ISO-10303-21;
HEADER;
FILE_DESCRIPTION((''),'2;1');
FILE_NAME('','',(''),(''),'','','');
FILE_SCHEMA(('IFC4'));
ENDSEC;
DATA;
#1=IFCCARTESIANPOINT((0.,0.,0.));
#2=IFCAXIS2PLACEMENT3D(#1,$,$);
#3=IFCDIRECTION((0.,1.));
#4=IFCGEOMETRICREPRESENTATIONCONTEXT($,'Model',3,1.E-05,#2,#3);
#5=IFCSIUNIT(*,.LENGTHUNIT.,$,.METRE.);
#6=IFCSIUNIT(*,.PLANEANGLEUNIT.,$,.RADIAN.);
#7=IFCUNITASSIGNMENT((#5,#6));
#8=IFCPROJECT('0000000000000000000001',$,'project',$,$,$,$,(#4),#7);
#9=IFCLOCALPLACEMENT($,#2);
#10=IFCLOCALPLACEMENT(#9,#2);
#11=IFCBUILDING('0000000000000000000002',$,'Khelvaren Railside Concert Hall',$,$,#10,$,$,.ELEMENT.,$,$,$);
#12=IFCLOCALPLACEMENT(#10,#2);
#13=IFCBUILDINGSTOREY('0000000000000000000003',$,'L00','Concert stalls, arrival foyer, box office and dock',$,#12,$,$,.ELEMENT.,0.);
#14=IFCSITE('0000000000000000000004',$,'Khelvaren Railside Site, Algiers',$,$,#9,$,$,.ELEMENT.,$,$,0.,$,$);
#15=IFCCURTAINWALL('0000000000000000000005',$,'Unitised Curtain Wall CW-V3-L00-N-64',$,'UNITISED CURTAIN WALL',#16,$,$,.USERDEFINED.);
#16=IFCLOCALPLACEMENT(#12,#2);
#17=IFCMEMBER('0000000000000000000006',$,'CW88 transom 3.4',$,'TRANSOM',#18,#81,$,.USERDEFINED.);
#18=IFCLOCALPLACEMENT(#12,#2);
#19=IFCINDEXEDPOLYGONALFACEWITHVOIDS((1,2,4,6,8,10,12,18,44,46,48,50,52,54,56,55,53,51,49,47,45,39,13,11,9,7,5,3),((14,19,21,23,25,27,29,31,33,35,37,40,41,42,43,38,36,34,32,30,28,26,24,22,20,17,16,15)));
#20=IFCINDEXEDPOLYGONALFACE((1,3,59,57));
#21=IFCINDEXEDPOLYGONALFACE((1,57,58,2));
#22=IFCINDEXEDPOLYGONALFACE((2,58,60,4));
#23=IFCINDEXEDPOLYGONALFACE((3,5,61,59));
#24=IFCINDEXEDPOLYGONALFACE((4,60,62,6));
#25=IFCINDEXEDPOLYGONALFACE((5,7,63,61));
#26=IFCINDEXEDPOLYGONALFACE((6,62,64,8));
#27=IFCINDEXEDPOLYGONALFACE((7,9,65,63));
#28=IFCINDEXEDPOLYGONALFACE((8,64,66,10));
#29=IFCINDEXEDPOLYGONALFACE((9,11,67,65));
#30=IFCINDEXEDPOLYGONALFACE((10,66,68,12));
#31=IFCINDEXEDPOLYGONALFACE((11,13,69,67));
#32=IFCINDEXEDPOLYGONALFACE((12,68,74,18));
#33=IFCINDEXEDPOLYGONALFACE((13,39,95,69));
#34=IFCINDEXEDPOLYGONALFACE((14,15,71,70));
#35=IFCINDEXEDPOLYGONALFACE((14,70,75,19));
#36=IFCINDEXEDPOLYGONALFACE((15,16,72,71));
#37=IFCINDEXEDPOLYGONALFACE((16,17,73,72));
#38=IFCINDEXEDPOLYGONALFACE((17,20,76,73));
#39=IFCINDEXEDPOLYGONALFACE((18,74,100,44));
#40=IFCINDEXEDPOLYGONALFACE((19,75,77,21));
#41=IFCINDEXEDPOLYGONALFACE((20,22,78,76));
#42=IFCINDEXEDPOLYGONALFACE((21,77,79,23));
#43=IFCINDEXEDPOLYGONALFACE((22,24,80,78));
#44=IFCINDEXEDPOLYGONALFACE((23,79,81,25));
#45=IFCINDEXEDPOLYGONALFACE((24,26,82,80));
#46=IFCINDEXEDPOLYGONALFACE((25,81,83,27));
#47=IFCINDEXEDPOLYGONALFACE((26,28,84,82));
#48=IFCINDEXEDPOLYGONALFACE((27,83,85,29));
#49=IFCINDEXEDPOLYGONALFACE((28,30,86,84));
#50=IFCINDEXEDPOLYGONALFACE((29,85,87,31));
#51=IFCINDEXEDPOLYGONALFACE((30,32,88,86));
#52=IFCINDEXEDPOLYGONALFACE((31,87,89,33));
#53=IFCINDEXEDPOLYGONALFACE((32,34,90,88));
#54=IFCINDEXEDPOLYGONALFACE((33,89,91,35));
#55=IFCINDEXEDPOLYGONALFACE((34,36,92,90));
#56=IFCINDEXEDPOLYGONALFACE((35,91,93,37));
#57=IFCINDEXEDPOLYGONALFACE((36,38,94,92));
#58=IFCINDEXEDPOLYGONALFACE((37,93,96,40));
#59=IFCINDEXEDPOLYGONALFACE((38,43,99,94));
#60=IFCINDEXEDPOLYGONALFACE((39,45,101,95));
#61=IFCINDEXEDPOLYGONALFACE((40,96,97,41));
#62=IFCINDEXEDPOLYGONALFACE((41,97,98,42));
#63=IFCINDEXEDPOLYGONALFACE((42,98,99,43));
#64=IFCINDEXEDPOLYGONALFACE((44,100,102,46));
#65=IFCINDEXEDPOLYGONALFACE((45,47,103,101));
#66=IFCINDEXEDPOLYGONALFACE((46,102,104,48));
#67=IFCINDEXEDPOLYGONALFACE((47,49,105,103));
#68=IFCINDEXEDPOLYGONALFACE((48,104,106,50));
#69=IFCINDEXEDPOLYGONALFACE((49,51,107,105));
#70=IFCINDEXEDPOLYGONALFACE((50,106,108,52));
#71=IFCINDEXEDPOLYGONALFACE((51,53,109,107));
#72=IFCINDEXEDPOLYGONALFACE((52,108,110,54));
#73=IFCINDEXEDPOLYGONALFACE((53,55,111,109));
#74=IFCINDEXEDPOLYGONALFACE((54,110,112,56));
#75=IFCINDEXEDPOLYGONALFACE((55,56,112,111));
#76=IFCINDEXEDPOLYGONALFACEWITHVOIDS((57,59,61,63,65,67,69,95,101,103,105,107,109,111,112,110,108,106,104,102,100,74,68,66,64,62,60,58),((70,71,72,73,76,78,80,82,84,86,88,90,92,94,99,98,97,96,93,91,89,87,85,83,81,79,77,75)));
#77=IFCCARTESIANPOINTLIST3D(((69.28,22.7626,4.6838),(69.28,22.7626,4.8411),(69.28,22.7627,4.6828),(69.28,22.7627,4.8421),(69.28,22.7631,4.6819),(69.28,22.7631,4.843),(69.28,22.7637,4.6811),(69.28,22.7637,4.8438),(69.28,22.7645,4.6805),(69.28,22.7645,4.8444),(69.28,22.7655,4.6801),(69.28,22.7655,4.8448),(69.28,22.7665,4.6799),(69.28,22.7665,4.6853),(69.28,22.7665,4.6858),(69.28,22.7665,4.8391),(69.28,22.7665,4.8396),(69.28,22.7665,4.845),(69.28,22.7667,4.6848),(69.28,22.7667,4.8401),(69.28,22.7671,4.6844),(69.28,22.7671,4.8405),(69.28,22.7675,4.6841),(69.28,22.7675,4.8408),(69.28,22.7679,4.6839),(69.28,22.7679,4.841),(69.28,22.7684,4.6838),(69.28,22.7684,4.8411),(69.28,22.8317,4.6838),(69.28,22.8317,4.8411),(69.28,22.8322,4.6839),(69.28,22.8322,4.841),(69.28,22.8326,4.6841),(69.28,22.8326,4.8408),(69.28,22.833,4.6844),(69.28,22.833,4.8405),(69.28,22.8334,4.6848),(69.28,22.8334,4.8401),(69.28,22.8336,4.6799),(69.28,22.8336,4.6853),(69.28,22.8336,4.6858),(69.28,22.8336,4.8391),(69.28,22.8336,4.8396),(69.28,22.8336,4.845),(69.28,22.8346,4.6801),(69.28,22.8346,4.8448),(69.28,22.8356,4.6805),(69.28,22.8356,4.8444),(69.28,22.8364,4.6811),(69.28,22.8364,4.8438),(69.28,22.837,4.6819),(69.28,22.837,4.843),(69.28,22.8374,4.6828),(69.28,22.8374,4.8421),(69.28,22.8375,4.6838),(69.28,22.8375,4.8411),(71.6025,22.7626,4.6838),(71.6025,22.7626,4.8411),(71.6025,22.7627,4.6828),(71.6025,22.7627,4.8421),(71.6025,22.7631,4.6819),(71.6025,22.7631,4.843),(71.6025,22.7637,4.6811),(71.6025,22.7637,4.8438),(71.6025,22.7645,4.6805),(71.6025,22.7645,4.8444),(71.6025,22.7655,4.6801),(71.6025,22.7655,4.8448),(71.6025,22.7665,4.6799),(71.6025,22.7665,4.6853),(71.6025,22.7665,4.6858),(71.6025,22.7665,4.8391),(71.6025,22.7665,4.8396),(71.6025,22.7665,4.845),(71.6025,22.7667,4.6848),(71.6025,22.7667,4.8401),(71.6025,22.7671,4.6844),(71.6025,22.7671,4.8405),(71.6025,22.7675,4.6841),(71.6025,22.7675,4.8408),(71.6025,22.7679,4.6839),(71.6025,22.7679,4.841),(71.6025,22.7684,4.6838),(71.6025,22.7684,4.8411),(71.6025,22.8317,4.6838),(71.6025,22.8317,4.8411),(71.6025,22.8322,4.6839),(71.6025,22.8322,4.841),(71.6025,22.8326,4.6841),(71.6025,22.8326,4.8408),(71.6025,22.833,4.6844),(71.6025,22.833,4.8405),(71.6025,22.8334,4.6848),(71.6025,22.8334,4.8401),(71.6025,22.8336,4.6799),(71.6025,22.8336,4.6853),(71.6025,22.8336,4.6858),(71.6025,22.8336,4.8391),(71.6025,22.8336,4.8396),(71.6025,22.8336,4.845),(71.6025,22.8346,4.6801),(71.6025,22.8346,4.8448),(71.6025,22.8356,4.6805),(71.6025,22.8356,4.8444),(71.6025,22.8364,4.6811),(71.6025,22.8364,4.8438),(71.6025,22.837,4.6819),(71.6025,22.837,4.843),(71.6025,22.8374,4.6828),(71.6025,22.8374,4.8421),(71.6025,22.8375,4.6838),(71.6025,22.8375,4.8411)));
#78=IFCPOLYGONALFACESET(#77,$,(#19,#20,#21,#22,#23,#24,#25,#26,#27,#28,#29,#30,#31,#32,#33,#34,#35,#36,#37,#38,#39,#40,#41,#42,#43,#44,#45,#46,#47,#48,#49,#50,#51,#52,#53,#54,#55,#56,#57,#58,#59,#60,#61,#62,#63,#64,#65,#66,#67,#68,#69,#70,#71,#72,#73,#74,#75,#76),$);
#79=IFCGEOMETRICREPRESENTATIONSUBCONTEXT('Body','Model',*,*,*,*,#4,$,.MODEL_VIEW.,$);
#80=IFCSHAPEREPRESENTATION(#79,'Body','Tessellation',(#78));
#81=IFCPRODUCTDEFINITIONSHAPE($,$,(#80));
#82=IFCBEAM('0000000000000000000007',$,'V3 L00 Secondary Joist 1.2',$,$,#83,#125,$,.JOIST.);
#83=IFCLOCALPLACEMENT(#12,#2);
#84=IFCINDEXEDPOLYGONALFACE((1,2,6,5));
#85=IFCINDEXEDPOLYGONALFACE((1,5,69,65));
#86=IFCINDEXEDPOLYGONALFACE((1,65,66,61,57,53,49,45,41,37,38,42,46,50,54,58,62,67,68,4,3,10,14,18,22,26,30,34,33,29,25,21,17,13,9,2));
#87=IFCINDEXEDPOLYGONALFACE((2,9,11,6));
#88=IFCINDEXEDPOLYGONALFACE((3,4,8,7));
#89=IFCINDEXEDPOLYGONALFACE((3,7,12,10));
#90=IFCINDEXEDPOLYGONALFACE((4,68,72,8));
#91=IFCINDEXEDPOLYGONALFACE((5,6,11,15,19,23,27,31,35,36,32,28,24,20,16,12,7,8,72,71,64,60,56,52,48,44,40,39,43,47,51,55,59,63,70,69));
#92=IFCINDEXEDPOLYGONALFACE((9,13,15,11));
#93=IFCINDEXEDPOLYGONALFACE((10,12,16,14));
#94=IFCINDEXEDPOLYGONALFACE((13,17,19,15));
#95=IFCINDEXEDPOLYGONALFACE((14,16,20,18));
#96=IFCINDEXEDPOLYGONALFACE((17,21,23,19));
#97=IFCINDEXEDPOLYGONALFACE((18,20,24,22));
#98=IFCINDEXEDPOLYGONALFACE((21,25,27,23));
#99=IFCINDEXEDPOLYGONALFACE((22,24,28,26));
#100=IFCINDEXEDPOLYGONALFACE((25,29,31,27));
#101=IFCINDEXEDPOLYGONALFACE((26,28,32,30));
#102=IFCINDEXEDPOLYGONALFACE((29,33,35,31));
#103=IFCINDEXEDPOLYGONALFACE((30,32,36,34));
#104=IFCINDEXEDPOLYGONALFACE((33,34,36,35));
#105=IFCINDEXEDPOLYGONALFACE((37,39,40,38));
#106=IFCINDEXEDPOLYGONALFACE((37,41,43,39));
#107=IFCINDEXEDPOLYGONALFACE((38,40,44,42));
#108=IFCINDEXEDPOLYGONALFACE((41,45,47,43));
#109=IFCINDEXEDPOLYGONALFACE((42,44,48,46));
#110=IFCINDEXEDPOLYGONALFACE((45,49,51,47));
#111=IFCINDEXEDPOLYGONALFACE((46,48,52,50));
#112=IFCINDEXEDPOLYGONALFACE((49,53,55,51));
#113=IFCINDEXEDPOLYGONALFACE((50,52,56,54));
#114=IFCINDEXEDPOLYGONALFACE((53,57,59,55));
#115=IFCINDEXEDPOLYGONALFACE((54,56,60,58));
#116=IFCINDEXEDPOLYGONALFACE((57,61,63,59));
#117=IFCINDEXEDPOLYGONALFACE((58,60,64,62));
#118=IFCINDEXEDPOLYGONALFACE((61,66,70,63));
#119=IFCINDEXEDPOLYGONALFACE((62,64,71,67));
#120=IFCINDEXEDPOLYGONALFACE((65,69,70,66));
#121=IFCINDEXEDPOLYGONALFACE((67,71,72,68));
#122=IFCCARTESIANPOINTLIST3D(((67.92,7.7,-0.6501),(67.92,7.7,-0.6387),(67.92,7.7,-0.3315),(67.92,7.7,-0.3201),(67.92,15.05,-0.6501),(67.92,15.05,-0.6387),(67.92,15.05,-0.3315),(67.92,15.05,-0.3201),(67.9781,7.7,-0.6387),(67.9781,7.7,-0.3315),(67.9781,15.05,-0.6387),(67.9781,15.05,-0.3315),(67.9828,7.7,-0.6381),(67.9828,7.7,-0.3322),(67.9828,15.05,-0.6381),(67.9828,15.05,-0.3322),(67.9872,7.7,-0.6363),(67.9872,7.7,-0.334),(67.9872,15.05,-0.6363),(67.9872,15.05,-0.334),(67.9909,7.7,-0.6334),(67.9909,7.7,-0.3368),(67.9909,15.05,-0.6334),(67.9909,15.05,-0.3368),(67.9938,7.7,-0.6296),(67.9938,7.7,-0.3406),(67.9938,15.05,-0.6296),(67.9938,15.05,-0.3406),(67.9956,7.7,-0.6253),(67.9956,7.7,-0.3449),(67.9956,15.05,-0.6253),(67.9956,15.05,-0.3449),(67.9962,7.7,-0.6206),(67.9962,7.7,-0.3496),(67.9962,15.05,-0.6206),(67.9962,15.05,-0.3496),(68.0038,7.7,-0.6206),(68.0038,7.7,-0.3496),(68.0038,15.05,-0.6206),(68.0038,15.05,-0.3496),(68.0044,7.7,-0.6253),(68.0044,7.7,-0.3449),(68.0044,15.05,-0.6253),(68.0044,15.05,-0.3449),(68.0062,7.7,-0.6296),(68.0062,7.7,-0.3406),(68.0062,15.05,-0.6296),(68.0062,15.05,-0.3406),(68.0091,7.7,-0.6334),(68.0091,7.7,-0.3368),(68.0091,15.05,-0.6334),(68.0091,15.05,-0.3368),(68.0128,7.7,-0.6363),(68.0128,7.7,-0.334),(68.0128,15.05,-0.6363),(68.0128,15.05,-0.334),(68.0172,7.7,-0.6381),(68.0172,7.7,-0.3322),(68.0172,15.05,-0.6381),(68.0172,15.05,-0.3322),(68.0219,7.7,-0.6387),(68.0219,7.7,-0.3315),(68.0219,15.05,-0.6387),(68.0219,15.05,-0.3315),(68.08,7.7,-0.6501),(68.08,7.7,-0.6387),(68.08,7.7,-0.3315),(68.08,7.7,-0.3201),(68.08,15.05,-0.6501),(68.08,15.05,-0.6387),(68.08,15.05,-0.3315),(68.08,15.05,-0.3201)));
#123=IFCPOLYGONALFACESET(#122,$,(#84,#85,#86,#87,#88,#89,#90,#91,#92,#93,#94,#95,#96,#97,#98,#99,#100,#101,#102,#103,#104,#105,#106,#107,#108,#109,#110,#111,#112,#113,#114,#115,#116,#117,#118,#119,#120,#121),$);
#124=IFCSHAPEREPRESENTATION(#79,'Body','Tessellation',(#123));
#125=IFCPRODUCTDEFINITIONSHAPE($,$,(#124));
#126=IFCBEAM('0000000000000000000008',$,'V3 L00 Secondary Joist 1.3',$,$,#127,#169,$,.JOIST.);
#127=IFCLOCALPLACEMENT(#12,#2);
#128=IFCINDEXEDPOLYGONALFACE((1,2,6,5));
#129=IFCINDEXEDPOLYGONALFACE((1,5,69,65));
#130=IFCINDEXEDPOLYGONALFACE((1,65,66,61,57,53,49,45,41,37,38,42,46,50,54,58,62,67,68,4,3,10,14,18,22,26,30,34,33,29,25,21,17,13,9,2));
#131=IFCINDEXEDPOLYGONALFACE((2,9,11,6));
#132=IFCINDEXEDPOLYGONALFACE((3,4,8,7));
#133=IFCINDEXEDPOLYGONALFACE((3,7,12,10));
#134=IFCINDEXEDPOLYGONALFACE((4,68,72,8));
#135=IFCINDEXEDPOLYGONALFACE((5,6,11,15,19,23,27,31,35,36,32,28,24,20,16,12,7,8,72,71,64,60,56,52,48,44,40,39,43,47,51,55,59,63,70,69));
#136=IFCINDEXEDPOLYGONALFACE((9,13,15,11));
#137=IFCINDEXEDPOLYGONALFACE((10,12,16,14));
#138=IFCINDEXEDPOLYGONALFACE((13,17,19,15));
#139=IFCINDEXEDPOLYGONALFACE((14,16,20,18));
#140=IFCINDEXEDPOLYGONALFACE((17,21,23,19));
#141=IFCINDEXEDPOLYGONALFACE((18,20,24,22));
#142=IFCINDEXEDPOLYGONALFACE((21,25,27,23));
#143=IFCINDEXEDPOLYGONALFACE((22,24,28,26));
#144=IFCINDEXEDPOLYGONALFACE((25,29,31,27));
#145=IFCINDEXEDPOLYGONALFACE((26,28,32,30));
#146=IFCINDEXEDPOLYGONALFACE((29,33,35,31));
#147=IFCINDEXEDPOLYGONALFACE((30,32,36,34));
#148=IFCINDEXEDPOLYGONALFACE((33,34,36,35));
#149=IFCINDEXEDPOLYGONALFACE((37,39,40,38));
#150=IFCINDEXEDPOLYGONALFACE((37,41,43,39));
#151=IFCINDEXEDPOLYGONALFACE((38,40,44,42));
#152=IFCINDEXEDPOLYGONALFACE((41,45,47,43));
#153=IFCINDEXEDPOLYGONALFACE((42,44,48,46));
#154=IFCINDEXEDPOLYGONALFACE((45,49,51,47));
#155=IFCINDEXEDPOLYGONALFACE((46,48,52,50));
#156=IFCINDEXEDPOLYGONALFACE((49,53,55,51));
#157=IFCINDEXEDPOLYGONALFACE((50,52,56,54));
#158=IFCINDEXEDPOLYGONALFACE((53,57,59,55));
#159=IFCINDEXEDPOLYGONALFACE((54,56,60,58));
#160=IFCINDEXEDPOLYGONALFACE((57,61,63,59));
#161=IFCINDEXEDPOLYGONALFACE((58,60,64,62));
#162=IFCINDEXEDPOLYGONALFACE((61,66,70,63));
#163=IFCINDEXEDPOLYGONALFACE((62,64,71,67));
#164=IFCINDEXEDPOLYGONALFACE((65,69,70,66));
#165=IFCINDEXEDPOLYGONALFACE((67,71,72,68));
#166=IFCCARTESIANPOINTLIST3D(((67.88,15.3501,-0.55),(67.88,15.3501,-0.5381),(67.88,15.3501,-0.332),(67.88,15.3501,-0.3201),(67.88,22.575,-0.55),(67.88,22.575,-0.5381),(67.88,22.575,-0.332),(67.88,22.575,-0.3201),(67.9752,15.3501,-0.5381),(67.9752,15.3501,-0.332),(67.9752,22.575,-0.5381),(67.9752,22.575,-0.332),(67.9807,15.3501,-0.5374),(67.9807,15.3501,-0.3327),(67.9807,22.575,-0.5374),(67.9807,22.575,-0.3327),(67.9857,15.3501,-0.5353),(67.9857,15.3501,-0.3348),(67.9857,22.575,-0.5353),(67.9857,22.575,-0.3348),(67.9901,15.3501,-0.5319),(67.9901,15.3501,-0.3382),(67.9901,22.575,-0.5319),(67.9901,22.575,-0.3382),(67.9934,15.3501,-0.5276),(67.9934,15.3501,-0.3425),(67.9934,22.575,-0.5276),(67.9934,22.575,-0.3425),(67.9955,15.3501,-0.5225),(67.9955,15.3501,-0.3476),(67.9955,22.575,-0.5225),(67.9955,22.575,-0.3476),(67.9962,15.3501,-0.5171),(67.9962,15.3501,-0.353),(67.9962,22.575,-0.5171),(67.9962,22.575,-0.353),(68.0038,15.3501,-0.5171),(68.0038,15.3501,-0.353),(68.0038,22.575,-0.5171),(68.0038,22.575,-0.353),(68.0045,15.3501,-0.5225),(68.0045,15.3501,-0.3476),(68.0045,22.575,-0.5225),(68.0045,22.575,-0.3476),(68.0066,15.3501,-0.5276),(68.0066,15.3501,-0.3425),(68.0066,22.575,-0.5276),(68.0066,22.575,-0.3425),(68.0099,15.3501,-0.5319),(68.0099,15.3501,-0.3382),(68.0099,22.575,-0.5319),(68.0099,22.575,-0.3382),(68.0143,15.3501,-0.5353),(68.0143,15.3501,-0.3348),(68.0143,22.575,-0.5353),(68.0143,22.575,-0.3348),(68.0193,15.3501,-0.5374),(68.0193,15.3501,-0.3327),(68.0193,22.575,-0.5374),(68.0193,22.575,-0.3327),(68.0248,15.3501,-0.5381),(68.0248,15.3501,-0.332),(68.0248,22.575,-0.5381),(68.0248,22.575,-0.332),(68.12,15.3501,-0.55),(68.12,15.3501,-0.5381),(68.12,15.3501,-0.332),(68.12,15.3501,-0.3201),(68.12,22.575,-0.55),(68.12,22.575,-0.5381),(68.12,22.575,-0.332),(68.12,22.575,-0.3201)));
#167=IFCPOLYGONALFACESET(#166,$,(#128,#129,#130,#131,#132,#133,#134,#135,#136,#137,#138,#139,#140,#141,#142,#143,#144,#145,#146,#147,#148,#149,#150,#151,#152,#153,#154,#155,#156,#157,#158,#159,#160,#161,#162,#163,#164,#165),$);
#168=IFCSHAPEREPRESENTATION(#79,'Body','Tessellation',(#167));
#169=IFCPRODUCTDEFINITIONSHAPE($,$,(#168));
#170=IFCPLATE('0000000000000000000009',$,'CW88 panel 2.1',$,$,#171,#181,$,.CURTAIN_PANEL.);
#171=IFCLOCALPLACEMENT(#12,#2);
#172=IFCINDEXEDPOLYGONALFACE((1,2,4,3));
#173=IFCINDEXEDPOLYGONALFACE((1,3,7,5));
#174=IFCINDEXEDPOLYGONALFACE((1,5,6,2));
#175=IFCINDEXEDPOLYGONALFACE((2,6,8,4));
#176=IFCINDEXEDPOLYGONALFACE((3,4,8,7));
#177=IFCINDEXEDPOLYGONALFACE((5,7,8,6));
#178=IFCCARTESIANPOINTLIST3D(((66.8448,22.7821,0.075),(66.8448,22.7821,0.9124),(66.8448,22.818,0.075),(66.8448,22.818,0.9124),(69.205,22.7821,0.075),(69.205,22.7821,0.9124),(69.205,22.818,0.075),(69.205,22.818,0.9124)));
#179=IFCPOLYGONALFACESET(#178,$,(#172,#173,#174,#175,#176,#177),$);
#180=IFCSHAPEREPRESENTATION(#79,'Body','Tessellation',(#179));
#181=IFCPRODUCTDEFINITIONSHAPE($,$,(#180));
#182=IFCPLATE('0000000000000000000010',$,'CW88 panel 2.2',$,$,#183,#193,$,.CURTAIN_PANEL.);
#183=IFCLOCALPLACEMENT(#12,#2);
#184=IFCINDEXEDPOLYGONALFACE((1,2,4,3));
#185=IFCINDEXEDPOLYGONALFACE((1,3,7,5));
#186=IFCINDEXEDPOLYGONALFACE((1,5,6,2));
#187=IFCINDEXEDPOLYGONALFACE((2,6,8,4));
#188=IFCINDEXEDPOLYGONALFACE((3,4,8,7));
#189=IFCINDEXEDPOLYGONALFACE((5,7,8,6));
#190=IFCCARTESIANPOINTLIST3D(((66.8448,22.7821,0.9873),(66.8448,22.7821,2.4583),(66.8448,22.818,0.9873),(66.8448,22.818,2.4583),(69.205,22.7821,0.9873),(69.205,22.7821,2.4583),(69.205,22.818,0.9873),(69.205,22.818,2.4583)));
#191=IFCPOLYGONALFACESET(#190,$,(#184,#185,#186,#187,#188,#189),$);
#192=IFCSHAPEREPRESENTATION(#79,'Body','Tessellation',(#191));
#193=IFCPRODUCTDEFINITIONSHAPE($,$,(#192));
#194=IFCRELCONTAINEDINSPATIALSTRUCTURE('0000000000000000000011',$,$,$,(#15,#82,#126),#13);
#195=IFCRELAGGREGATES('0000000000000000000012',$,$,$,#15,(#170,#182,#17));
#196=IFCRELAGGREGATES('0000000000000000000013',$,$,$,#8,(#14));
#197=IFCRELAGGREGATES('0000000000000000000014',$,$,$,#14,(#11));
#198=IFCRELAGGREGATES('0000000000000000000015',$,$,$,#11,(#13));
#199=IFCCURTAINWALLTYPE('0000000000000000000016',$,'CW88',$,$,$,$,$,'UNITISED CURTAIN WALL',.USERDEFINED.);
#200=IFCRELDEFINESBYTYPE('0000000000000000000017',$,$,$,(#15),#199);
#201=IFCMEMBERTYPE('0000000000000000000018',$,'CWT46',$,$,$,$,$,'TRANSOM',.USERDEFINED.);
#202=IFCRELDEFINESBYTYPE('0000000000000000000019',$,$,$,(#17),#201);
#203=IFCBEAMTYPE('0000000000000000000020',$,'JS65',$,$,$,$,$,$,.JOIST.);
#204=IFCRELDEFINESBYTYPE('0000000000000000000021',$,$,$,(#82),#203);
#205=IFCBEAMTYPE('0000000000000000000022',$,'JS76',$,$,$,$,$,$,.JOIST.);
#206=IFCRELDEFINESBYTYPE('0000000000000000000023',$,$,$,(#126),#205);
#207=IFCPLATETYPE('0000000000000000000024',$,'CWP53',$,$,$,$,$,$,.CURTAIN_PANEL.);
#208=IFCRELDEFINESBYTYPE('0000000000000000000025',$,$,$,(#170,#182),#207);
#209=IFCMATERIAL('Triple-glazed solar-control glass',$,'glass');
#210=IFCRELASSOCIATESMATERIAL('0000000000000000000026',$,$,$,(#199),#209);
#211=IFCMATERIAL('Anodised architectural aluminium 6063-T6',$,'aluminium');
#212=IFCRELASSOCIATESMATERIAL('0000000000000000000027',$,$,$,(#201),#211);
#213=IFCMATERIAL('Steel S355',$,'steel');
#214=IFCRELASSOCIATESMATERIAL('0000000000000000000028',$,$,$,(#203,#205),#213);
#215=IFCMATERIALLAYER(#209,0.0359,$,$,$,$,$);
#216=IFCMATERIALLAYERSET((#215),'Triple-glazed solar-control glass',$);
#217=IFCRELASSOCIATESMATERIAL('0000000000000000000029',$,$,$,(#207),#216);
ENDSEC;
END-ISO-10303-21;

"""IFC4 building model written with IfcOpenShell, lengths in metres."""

from ifc_helpers import new_model, si_unit, direction, frame, origin, origin_2d, place, context, subcontext, project, spatial, rectangle, hollow_rectangle, i_section, extrude, material, layer, layer_set, material_profile, profile_set, type_object, element, aggregate, save


model = new_model("IFC4")

# Units and contexts
model_context = context("Model", 3, precision=1e-05, world=origin(), true_north=direction((0.0, 1.0)))
body_context = subcontext(model_context, "Body", "Model", "MODEL_VIEW")
ifc_project = project(units=[si_unit("LENGTHUNIT", "METRE"), si_unit("PLANEANGLEUNIT", "RADIAN")], contexts=[model_context])

# Site, building, storey
site_placement = place(None, origin())
site = spatial("IfcSite", under=ifc_project, at=site_placement, Name="Khelvaren Railside Site, Algiers", CompositionType="ELEMENT", RefElevation=0.0)
building_placement = place(site_placement, origin())
building = spatial("IfcBuilding", under=site, at=building_placement, Name="Khelvaren Railside Concert Hall", CompositionType="ELEMENT")
storey_placement = place(building_placement, origin())
storey = spatial("IfcBuildingStorey", under=building, at=storey_placement, Name="L00", Description="Concert stalls, arrival foyer, box office and dock", CompositionType="ELEMENT", Elevation=0.0)

# Shared definitions
ifc_material_1 = material(Name="Steel S355", Category="steel")

# Curtain wall, member
ifc_material_2 = material(Name="Triple-glazed solar-control glass", Category="glass")
curtain_wall_type = type_object("IfcCurtainWallType", Name="CW88", ElementType="UNITISED CURTAIN WALL", PredefinedType="USERDEFINED", material=ifc_material_2)
curtain_wall_placement = place(storey_placement, origin())
curtain_wall = element("IfcCurtainWall", 1, at=curtain_wall_placement, inside=storey, type_object=curtain_wall_type, Name="Unitised Curtain Wall CW-V3-L00-N-64", ObjectType="UNITISED CURTAIN WALL", PredefinedType="USERDEFINED")
ifc_material_3 = material(Name="Anodised architectural aluminium 6063-T6", Category="aluminium")
ifc_material_profile_1 = material_profile(ifc_material_3, hollow_rectangle(XDim=0.075, YDim=0.165, WallThickness=0.0039, InnerFilletRadius=0.002, OuterFilletRadius=0.0039, at=origin_2d()), Name="CWT 75x165x4")
ifc_profile_set_1 = profile_set([ifc_material_profile_1], Name="Anodised architectural aluminium 6063-T6")
member_type_1 = type_object("IfcMemberType", Name="CWT46", ElementType="TRANSOM", PredefinedType="USERDEFINED", material=ifc_profile_set_1)
member_1_placement = place(storey_placement, frame((69.28, 22.8, 4.7625), z_axis=(1.0, 0.0, 0.0), x_axis=(0.0, 1.0, 0.0)))
member_1 = element("IfcMember", 2, at=member_1_placement, type_object=member_type_1, Name="CW88 transom 3.4", ObjectType="TRANSOM", PredefinedType="USERDEFINED", context=body_context, shape_type="SweptSolid", body=[
    extrude(hollow_rectangle(XDim=0.075, YDim=0.165, WallThickness=0.0039, InnerFilletRadius=0.002, OuterFilletRadius=0.0039, at=origin_2d()), origin(), (0.0, 0.0, 1.0), 2.3225),
])

# Beams
ifc_material_profile_2 = material_profile(ifc_material_1, i_section(OverallWidth=0.1599, OverallDepth=0.3301, WebThickness=0.0076, FlangeThickness=0.0115, FilletRadius=0.0181, at=origin_2d()), Name="IPE 330")
ifc_profile_set_2 = profile_set([ifc_material_profile_2], Name="Steel S355")
beam_type_1 = type_object("IfcBeamType", Name="JS65", PredefinedType="JOIST", material=ifc_profile_set_2)
beam_1_placement = place(storey_placement, frame((68.0, 7.7, -0.4851), z_axis=(0.0, 1.0, 0.0), x_axis=(-1.0, 0.0, 0.0)))
element("IfcBeam", 3, at=beam_1_placement, inside=storey, type_object=beam_type_1, Name="V3 L00 Secondary Joist 1.2", PredefinedType="JOIST", context=body_context, shape_type="SweptSolid", body=[
    extrude(i_section(OverallWidth=0.1599, OverallDepth=0.3301, WebThickness=0.0076, FlangeThickness=0.0115, FilletRadius=0.0181, at=origin_2d()), origin(), (0.0, 0.0, 1.0), 7.3501),
])
ifc_material_profile_3 = material_profile(ifc_material_1, i_section(OverallWidth=0.24, OverallDepth=0.23, WebThickness=0.0076, FlangeThickness=0.012, FilletRadius=0.021, at=origin_2d()), Name="HEA 240")
ifc_profile_set_3 = profile_set([ifc_material_profile_3], Name="Steel S355")
beam_type_2 = type_object("IfcBeamType", Name="JS76", PredefinedType="JOIST", material=ifc_profile_set_3)
beam_2_placement = place(storey_placement, frame((68.0, 15.3501, -0.4351), z_axis=(0.0, 1.0, 0.0), x_axis=(-1.0, 0.0, 0.0)))
element("IfcBeam", 4, at=beam_2_placement, inside=storey, type_object=beam_type_2, Name="V3 L00 Secondary Joist 1.3", PredefinedType="JOIST", context=body_context, shape_type="SweptSolid", body=[
    extrude(i_section(OverallWidth=0.24, OverallDepth=0.23, WebThickness=0.0076, FlangeThickness=0.012, FilletRadius=0.021, at=origin_2d()), origin(), (0.0, 0.0, 1.0), 7.2249),
])

# Plates
ifc_layer_1 = layer(ifc_material_2, 0.0359)
ifc_layer_set_1 = layer_set([ifc_layer_1], Name="Triple-glazed solar-control glass")
plate_type = type_object("IfcPlateType", Name="CWP53", PredefinedType="CURTAIN_PANEL", material=ifc_layer_set_1)
plate_1_placement = place(storey_placement, frame((68.0249, 22.8, 0.075), z_axis=(0.0, 0.0, 1.0), x_axis=(1.0, 0.0, 0.0)))
plate_1 = element("IfcPlate", 5, at=plate_1_placement, type_object=plate_type, Name="CW88 panel 2.1", PredefinedType="CURTAIN_PANEL", context=body_context, shape_type="SweptSolid", body=[
    extrude(rectangle(XDim=2.3601, YDim=0.0359, at=origin_2d()), origin(), (0.0, 0.0, 1.0), 0.8374),
])
plate_2_placement = place(storey_placement, frame((68.0249, 22.8, 0.9873), z_axis=(0.0, 0.0, 1.0), x_axis=(1.0, 0.0, 0.0)))
plate_2 = element("IfcPlate", 6, at=plate_2_placement, type_object=plate_type, Name="CW88 panel 2.2", PredefinedType="CURTAIN_PANEL", context=body_context, shape_type="SweptSolid", body=[
    extrude(rectangle(XDim=2.3601, YDim=0.0359, at=origin_2d()), origin(), (0.0, 0.0, 1.0), 1.4709),
])
aggregate(curtain_wall, [plate_1, plate_2, member_1])

save(model, "model.ifc")
